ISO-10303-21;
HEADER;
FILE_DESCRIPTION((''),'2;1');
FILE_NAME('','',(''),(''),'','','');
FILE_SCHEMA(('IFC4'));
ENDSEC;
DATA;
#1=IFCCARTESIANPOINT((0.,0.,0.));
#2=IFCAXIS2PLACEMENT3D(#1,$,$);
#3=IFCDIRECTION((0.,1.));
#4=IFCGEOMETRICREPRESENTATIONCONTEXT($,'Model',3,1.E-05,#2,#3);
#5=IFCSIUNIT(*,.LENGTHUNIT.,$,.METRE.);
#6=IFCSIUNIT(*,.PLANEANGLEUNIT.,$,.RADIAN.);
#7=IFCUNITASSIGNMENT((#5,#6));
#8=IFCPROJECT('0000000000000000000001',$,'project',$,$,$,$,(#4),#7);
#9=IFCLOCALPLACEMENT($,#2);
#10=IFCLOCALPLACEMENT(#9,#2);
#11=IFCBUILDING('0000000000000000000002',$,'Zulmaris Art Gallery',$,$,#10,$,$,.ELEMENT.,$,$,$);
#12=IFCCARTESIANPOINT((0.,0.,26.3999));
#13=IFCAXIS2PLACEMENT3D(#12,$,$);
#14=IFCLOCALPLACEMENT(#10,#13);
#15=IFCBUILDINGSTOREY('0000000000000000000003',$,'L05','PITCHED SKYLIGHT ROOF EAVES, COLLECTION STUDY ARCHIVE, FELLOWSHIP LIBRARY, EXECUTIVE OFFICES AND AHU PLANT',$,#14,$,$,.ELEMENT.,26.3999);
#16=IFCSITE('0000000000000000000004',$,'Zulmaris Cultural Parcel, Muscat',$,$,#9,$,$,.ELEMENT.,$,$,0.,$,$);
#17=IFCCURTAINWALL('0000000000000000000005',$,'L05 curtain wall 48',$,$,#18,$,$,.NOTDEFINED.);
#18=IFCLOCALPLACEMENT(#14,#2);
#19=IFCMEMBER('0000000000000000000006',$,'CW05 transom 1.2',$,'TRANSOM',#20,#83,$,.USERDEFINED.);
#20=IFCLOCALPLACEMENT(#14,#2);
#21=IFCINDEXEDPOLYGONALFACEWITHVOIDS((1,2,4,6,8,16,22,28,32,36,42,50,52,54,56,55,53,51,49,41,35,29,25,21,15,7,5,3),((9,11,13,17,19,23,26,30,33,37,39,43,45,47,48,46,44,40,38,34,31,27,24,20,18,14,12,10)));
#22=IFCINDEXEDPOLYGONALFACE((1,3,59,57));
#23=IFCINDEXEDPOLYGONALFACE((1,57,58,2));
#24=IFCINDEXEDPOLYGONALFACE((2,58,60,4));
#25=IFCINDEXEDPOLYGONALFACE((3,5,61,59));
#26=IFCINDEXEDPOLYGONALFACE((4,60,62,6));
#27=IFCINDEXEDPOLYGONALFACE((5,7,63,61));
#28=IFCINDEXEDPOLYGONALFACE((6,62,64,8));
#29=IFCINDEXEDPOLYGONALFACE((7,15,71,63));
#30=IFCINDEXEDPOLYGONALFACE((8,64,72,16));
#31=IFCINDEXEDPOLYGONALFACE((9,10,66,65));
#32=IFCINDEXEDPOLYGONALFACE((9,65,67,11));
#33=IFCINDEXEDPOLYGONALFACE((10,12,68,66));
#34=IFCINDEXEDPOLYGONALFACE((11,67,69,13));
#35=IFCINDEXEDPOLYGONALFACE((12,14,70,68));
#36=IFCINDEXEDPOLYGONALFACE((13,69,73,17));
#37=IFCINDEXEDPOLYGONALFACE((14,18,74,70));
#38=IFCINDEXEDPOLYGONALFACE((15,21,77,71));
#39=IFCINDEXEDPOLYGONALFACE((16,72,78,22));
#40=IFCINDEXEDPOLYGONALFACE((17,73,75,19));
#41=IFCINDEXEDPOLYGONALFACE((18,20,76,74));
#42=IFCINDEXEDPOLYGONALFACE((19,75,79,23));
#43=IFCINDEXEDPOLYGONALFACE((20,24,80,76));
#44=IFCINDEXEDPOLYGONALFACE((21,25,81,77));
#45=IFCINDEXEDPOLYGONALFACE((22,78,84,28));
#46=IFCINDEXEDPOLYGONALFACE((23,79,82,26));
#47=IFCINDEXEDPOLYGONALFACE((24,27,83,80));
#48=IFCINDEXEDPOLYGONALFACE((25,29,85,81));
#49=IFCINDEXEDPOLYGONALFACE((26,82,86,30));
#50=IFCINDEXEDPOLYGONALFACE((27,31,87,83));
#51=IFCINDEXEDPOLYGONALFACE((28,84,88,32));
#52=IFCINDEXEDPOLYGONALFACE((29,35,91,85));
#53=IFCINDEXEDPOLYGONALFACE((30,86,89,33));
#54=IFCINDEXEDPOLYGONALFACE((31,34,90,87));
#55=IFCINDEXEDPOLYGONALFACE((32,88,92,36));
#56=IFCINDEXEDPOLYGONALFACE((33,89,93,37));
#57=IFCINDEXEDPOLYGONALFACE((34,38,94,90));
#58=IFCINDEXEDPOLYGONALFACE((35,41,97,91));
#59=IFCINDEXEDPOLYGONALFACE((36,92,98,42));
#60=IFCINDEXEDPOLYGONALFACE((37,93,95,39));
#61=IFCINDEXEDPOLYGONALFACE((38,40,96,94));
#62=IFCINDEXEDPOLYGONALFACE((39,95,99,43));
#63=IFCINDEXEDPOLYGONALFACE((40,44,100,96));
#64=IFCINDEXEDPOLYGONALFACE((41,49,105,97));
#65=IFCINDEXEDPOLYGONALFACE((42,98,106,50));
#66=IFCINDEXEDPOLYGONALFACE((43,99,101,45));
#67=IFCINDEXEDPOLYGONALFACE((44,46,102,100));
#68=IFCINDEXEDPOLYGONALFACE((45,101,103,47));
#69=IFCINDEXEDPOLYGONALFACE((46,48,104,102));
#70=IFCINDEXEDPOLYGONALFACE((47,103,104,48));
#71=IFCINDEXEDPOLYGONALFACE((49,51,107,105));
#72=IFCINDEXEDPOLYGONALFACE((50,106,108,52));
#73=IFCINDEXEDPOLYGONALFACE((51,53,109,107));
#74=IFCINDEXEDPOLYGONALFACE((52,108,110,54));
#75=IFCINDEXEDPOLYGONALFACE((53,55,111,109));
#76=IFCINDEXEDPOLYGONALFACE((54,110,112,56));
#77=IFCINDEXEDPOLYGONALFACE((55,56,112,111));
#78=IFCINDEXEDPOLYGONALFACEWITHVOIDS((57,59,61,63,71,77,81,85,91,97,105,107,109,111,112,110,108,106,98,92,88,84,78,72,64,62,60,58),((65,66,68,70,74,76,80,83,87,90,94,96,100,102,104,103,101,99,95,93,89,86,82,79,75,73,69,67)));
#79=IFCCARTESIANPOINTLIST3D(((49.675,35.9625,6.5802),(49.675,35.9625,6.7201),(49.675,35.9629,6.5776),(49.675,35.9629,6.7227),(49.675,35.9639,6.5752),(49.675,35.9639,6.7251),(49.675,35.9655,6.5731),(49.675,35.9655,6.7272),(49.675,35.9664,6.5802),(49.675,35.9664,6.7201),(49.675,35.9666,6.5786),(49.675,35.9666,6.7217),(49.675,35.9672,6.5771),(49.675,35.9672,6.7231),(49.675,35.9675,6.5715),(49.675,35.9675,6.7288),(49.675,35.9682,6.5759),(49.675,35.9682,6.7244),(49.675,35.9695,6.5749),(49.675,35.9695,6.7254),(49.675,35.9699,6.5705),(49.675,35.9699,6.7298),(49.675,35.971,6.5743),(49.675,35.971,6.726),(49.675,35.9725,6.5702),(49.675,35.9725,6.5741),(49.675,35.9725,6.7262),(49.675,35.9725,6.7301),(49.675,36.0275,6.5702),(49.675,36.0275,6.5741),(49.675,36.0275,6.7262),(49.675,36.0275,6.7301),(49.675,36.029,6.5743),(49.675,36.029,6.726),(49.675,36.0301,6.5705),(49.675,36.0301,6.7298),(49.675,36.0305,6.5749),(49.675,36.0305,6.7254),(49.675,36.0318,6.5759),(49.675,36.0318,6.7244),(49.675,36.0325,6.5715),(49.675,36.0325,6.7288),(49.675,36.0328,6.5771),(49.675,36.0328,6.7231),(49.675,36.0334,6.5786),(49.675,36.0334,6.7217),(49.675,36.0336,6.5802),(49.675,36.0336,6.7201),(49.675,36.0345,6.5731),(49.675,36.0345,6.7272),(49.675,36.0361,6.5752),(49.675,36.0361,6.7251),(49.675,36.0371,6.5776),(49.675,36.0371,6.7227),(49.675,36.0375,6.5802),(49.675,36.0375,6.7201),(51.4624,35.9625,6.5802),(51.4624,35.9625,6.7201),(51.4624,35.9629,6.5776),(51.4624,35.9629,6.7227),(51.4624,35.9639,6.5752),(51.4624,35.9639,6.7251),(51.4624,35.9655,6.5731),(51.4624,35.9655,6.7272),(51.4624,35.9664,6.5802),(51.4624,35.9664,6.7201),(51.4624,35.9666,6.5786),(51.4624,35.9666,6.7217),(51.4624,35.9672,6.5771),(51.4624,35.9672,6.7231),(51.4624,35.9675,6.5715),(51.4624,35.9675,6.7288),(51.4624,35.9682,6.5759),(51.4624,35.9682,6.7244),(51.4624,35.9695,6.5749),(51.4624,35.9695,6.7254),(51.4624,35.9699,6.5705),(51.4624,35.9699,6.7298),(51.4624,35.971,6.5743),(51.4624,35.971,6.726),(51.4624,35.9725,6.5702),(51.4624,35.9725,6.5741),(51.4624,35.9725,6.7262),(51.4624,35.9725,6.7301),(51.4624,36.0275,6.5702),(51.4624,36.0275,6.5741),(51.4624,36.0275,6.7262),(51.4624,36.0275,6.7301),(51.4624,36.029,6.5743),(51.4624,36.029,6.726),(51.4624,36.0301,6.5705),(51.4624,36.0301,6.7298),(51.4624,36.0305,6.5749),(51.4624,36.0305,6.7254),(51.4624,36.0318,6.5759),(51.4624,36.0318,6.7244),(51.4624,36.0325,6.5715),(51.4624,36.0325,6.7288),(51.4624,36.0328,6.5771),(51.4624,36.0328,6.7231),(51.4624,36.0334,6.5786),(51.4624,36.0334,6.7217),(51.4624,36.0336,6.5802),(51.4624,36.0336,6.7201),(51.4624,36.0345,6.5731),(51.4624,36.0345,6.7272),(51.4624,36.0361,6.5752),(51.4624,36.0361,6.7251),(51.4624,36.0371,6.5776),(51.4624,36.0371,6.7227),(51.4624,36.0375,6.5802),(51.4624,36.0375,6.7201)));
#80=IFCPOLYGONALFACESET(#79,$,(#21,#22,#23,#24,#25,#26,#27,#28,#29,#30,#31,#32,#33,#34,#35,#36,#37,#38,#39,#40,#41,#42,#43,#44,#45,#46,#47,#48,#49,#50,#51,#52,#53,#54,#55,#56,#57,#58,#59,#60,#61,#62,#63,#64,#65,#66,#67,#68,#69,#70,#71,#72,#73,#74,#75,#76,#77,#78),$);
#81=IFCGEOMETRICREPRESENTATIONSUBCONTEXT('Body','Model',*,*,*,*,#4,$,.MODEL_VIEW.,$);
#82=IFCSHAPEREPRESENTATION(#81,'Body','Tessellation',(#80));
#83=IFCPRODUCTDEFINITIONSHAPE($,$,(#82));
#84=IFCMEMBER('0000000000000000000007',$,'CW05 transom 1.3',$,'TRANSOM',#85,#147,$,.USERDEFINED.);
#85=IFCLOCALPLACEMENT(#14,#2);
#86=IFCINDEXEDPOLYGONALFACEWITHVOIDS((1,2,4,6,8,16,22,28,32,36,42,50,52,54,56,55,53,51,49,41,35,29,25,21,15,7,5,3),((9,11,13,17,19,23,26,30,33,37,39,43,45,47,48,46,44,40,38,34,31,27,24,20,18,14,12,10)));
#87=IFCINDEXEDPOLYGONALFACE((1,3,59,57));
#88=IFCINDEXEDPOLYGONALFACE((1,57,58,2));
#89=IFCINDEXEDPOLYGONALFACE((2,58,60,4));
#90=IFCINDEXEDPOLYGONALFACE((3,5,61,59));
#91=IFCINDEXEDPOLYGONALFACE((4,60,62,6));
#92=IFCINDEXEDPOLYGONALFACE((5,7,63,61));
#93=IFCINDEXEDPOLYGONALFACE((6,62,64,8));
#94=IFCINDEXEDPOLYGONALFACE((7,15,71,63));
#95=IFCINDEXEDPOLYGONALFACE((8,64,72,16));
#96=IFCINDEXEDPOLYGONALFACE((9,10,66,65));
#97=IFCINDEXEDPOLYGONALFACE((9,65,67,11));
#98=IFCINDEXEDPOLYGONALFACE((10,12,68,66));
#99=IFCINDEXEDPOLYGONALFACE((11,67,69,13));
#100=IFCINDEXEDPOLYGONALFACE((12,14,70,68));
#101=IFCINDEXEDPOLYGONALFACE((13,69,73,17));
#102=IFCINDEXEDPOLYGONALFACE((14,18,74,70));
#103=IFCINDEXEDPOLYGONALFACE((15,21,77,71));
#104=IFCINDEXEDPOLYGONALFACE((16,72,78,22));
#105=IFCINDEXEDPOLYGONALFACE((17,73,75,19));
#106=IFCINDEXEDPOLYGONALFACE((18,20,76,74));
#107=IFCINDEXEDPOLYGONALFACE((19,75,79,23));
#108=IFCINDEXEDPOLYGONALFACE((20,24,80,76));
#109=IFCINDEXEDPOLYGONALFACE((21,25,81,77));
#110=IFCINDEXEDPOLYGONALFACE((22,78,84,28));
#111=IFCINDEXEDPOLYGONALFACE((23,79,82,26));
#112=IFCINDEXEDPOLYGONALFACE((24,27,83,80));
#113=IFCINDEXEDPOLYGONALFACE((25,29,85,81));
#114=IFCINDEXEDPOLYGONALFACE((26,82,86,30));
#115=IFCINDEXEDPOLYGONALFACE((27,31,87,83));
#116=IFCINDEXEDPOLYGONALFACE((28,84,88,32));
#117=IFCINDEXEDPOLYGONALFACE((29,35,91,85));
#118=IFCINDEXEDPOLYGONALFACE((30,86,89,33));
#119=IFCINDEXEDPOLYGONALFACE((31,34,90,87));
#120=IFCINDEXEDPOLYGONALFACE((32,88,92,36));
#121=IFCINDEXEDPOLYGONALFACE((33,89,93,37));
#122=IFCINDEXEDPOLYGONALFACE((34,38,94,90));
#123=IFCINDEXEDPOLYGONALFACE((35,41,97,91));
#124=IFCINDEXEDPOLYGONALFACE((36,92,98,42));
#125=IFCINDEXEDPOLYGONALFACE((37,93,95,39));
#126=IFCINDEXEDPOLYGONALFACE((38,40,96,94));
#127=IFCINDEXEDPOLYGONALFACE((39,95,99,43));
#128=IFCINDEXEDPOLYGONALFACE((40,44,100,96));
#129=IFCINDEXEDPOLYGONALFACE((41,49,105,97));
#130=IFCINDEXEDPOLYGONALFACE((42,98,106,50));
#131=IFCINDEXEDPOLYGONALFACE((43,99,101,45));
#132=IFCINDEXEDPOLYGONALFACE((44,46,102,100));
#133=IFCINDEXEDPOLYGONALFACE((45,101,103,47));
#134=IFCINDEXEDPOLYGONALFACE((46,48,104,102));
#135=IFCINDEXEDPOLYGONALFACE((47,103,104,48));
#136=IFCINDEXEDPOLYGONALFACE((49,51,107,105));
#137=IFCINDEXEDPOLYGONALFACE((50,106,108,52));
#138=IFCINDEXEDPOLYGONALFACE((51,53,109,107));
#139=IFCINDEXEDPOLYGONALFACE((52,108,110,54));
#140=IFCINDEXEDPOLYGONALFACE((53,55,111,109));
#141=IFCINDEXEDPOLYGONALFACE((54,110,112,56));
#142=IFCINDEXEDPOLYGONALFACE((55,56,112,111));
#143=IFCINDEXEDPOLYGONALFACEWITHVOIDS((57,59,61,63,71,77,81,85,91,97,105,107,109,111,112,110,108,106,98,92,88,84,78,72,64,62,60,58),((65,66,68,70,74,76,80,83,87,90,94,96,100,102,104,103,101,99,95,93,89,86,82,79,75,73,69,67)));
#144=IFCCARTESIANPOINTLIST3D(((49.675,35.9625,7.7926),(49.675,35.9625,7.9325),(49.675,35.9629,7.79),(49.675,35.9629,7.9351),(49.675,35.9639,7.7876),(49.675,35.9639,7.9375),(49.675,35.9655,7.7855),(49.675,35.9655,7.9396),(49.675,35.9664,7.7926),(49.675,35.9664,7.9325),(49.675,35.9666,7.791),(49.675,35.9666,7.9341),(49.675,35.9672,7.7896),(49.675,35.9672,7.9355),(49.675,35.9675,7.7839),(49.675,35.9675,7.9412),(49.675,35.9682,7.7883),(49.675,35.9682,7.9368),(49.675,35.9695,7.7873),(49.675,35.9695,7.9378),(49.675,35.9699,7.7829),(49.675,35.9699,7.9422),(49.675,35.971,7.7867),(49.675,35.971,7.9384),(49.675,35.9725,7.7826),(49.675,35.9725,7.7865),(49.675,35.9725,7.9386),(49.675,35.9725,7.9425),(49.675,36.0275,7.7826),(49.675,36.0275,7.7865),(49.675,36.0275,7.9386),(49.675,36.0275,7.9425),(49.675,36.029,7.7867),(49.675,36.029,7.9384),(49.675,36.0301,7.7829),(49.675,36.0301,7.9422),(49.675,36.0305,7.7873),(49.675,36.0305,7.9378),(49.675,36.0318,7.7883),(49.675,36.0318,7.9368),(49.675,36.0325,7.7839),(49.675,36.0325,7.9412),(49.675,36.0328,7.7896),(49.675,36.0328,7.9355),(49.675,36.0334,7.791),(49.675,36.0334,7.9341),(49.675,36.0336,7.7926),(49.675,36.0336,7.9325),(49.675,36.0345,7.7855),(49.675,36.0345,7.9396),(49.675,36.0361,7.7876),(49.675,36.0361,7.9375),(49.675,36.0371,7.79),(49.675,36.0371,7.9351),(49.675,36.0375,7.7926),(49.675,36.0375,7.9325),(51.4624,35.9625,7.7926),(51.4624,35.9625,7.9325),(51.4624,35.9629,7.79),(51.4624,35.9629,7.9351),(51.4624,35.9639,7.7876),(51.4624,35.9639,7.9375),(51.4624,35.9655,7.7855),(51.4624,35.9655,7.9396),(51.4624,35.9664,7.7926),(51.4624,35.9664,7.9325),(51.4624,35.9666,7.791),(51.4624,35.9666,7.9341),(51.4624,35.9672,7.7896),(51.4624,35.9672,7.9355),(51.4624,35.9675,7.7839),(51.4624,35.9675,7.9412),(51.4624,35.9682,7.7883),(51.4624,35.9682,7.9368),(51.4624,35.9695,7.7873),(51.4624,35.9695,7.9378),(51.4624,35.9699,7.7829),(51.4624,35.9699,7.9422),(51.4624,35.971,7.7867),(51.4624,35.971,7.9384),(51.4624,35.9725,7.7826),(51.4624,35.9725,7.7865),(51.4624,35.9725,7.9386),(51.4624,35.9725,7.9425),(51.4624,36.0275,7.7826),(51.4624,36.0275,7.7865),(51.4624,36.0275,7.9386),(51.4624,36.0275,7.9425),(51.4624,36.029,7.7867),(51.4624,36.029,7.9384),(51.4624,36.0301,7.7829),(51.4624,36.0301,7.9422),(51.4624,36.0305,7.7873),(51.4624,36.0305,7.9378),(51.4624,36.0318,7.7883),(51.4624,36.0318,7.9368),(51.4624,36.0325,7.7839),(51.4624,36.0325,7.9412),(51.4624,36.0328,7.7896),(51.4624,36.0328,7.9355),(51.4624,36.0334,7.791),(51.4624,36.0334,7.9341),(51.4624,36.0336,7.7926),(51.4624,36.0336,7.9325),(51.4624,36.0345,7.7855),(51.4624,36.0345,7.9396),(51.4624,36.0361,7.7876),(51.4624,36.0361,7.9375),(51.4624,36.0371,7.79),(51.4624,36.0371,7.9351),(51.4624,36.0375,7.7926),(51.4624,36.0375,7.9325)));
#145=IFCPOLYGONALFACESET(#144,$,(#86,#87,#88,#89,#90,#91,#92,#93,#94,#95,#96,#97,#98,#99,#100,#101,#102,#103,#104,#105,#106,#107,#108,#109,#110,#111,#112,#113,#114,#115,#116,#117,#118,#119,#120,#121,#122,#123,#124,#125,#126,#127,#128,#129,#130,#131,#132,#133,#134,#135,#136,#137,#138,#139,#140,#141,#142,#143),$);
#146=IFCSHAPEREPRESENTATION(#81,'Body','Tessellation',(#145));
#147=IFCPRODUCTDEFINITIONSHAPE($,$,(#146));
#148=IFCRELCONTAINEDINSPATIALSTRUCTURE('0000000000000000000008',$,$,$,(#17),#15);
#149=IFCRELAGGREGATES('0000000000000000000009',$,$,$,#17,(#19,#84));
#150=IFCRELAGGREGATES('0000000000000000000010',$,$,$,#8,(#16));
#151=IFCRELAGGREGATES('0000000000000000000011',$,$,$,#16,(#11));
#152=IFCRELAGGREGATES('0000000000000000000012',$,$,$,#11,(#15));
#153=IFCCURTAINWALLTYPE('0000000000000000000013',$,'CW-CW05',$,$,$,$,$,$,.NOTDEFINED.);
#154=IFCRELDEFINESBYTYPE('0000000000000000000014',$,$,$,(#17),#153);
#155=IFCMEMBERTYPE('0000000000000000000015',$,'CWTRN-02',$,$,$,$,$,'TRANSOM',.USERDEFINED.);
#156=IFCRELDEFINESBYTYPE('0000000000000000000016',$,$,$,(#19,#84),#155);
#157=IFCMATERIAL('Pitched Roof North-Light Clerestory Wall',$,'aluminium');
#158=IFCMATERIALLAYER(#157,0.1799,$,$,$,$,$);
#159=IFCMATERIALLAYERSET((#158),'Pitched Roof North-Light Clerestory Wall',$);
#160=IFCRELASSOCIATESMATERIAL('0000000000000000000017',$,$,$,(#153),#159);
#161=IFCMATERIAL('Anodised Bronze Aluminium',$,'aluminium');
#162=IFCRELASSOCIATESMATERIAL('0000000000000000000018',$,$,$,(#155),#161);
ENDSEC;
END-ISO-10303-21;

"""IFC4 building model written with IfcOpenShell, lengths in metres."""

from ifc_helpers import new_model, si_unit, direction, frame, origin, origin_2d, place, context, subcontext, project, spatial, hollow_rectangle, extrude, material, layer, layer_set, material_profile, profile_set, type_object, element, aggregate, save


model = new_model("IFC4")

# Units and contexts
model_context = context("Model", 3, precision=1e-05, world=origin(), true_north=direction((0.0, 1.0)))
body_context = subcontext(model_context, "Body", "Model", "MODEL_VIEW")
ifc_project = project(units=[si_unit("LENGTHUNIT", "METRE"), si_unit("PLANEANGLEUNIT", "RADIAN")], contexts=[model_context])

# Site, building, storey
site_placement = place(None, origin())
site = spatial("IfcSite", under=ifc_project, at=site_placement, Name="Zulmaris Cultural Parcel, Muscat", CompositionType="ELEMENT", RefElevation=0.0)
building_placement = place(site_placement, origin())
building = spatial("IfcBuilding", under=site, at=building_placement, Name="Zulmaris Art Gallery", CompositionType="ELEMENT")
storey_placement = place(building_placement, frame((0.0, 0.0, 26.3999)))
storey = spatial("IfcBuildingStorey", under=building, at=storey_placement, Name="L05", Description="PITCHED SKYLIGHT ROOF EAVES, COLLECTION STUDY ARCHIVE, FELLOWSHIP LIBRARY, EXECUTIVE OFFICES AND AHU PLANT", CompositionType="ELEMENT", Elevation=26.3999)

# Curtain wall, members
ifc_material_1 = material(Name="Pitched Roof North-Light Clerestory Wall", Category="aluminium")
ifc_layer_1 = layer(ifc_material_1, 0.1799)
ifc_layer_set_1 = layer_set([ifc_layer_1], Name="Pitched Roof North-Light Clerestory Wall")
curtain_wall_type = type_object("IfcCurtainWallType", Name="CW-CW05", PredefinedType="NOTDEFINED", material=ifc_layer_set_1)
curtain_wall_placement = place(storey_placement, origin())
curtain_wall = element("IfcCurtainWall", 1, at=curtain_wall_placement, inside=storey, type_object=curtain_wall_type, Name="L05 curtain wall 48", PredefinedType="NOTDEFINED")
ifc_material_2 = material(Name="Anodised Bronze Aluminium", Category="aluminium")
ifc_material_profile_1 = material_profile(ifc_material_2, hollow_rectangle(XDim=0.075, YDim=0.1599, WallThickness=0.0039, InnerFilletRadius=0.0061, OuterFilletRadius=0.01, at=origin_2d()), Name="ALU 75x160x4")
ifc_profile_set_1 = profile_set([ifc_material_profile_1], Name="Anodised Bronze Aluminium")
member_type_1 = type_object("IfcMemberType", Name="CWTRN-02", ElementType="TRANSOM", PredefinedType="USERDEFINED", material=ifc_profile_set_1)
member_1_placement = place(storey_placement, frame((49.675, 36.0, 6.6501), z_axis=(1.0, 0.0, 0.0), x_axis=(0.0, 1.0, 0.0)))
member_1 = element("IfcMember", 2, at=member_1_placement, type_object=member_type_1, Name="CW05 transom 1.2", ObjectType="TRANSOM", PredefinedType="USERDEFINED", context=body_context, shape_type="SweptSolid", body=[
    extrude(hollow_rectangle(XDim=0.075, YDim=0.1599, WallThickness=0.0039, InnerFilletRadius=0.0061, OuterFilletRadius=0.01, at=origin_2d()), origin(), (0.0, 0.0, 1.0), 1.7874),
])
member_2_placement = place(storey_placement, frame((49.675, 36.0, 7.8625), z_axis=(1.0, 0.0, 0.0), x_axis=(0.0, 1.0, 0.0)))
member_2 = element("IfcMember", 3, at=member_2_placement, type_object=member_type_1, Name="CW05 transom 1.3", ObjectType="TRANSOM", PredefinedType="USERDEFINED", context=body_context, shape_type="SweptSolid", body=[
    extrude(hollow_rectangle(XDim=0.075, YDim=0.1599, WallThickness=0.0039, InnerFilletRadius=0.0061, OuterFilletRadius=0.01, at=origin_2d()), origin(), (0.0, 0.0, 1.0), 1.7874),
])

aggregate(curtain_wall, [member_1, member_2])

save(model, "model.ifc")
